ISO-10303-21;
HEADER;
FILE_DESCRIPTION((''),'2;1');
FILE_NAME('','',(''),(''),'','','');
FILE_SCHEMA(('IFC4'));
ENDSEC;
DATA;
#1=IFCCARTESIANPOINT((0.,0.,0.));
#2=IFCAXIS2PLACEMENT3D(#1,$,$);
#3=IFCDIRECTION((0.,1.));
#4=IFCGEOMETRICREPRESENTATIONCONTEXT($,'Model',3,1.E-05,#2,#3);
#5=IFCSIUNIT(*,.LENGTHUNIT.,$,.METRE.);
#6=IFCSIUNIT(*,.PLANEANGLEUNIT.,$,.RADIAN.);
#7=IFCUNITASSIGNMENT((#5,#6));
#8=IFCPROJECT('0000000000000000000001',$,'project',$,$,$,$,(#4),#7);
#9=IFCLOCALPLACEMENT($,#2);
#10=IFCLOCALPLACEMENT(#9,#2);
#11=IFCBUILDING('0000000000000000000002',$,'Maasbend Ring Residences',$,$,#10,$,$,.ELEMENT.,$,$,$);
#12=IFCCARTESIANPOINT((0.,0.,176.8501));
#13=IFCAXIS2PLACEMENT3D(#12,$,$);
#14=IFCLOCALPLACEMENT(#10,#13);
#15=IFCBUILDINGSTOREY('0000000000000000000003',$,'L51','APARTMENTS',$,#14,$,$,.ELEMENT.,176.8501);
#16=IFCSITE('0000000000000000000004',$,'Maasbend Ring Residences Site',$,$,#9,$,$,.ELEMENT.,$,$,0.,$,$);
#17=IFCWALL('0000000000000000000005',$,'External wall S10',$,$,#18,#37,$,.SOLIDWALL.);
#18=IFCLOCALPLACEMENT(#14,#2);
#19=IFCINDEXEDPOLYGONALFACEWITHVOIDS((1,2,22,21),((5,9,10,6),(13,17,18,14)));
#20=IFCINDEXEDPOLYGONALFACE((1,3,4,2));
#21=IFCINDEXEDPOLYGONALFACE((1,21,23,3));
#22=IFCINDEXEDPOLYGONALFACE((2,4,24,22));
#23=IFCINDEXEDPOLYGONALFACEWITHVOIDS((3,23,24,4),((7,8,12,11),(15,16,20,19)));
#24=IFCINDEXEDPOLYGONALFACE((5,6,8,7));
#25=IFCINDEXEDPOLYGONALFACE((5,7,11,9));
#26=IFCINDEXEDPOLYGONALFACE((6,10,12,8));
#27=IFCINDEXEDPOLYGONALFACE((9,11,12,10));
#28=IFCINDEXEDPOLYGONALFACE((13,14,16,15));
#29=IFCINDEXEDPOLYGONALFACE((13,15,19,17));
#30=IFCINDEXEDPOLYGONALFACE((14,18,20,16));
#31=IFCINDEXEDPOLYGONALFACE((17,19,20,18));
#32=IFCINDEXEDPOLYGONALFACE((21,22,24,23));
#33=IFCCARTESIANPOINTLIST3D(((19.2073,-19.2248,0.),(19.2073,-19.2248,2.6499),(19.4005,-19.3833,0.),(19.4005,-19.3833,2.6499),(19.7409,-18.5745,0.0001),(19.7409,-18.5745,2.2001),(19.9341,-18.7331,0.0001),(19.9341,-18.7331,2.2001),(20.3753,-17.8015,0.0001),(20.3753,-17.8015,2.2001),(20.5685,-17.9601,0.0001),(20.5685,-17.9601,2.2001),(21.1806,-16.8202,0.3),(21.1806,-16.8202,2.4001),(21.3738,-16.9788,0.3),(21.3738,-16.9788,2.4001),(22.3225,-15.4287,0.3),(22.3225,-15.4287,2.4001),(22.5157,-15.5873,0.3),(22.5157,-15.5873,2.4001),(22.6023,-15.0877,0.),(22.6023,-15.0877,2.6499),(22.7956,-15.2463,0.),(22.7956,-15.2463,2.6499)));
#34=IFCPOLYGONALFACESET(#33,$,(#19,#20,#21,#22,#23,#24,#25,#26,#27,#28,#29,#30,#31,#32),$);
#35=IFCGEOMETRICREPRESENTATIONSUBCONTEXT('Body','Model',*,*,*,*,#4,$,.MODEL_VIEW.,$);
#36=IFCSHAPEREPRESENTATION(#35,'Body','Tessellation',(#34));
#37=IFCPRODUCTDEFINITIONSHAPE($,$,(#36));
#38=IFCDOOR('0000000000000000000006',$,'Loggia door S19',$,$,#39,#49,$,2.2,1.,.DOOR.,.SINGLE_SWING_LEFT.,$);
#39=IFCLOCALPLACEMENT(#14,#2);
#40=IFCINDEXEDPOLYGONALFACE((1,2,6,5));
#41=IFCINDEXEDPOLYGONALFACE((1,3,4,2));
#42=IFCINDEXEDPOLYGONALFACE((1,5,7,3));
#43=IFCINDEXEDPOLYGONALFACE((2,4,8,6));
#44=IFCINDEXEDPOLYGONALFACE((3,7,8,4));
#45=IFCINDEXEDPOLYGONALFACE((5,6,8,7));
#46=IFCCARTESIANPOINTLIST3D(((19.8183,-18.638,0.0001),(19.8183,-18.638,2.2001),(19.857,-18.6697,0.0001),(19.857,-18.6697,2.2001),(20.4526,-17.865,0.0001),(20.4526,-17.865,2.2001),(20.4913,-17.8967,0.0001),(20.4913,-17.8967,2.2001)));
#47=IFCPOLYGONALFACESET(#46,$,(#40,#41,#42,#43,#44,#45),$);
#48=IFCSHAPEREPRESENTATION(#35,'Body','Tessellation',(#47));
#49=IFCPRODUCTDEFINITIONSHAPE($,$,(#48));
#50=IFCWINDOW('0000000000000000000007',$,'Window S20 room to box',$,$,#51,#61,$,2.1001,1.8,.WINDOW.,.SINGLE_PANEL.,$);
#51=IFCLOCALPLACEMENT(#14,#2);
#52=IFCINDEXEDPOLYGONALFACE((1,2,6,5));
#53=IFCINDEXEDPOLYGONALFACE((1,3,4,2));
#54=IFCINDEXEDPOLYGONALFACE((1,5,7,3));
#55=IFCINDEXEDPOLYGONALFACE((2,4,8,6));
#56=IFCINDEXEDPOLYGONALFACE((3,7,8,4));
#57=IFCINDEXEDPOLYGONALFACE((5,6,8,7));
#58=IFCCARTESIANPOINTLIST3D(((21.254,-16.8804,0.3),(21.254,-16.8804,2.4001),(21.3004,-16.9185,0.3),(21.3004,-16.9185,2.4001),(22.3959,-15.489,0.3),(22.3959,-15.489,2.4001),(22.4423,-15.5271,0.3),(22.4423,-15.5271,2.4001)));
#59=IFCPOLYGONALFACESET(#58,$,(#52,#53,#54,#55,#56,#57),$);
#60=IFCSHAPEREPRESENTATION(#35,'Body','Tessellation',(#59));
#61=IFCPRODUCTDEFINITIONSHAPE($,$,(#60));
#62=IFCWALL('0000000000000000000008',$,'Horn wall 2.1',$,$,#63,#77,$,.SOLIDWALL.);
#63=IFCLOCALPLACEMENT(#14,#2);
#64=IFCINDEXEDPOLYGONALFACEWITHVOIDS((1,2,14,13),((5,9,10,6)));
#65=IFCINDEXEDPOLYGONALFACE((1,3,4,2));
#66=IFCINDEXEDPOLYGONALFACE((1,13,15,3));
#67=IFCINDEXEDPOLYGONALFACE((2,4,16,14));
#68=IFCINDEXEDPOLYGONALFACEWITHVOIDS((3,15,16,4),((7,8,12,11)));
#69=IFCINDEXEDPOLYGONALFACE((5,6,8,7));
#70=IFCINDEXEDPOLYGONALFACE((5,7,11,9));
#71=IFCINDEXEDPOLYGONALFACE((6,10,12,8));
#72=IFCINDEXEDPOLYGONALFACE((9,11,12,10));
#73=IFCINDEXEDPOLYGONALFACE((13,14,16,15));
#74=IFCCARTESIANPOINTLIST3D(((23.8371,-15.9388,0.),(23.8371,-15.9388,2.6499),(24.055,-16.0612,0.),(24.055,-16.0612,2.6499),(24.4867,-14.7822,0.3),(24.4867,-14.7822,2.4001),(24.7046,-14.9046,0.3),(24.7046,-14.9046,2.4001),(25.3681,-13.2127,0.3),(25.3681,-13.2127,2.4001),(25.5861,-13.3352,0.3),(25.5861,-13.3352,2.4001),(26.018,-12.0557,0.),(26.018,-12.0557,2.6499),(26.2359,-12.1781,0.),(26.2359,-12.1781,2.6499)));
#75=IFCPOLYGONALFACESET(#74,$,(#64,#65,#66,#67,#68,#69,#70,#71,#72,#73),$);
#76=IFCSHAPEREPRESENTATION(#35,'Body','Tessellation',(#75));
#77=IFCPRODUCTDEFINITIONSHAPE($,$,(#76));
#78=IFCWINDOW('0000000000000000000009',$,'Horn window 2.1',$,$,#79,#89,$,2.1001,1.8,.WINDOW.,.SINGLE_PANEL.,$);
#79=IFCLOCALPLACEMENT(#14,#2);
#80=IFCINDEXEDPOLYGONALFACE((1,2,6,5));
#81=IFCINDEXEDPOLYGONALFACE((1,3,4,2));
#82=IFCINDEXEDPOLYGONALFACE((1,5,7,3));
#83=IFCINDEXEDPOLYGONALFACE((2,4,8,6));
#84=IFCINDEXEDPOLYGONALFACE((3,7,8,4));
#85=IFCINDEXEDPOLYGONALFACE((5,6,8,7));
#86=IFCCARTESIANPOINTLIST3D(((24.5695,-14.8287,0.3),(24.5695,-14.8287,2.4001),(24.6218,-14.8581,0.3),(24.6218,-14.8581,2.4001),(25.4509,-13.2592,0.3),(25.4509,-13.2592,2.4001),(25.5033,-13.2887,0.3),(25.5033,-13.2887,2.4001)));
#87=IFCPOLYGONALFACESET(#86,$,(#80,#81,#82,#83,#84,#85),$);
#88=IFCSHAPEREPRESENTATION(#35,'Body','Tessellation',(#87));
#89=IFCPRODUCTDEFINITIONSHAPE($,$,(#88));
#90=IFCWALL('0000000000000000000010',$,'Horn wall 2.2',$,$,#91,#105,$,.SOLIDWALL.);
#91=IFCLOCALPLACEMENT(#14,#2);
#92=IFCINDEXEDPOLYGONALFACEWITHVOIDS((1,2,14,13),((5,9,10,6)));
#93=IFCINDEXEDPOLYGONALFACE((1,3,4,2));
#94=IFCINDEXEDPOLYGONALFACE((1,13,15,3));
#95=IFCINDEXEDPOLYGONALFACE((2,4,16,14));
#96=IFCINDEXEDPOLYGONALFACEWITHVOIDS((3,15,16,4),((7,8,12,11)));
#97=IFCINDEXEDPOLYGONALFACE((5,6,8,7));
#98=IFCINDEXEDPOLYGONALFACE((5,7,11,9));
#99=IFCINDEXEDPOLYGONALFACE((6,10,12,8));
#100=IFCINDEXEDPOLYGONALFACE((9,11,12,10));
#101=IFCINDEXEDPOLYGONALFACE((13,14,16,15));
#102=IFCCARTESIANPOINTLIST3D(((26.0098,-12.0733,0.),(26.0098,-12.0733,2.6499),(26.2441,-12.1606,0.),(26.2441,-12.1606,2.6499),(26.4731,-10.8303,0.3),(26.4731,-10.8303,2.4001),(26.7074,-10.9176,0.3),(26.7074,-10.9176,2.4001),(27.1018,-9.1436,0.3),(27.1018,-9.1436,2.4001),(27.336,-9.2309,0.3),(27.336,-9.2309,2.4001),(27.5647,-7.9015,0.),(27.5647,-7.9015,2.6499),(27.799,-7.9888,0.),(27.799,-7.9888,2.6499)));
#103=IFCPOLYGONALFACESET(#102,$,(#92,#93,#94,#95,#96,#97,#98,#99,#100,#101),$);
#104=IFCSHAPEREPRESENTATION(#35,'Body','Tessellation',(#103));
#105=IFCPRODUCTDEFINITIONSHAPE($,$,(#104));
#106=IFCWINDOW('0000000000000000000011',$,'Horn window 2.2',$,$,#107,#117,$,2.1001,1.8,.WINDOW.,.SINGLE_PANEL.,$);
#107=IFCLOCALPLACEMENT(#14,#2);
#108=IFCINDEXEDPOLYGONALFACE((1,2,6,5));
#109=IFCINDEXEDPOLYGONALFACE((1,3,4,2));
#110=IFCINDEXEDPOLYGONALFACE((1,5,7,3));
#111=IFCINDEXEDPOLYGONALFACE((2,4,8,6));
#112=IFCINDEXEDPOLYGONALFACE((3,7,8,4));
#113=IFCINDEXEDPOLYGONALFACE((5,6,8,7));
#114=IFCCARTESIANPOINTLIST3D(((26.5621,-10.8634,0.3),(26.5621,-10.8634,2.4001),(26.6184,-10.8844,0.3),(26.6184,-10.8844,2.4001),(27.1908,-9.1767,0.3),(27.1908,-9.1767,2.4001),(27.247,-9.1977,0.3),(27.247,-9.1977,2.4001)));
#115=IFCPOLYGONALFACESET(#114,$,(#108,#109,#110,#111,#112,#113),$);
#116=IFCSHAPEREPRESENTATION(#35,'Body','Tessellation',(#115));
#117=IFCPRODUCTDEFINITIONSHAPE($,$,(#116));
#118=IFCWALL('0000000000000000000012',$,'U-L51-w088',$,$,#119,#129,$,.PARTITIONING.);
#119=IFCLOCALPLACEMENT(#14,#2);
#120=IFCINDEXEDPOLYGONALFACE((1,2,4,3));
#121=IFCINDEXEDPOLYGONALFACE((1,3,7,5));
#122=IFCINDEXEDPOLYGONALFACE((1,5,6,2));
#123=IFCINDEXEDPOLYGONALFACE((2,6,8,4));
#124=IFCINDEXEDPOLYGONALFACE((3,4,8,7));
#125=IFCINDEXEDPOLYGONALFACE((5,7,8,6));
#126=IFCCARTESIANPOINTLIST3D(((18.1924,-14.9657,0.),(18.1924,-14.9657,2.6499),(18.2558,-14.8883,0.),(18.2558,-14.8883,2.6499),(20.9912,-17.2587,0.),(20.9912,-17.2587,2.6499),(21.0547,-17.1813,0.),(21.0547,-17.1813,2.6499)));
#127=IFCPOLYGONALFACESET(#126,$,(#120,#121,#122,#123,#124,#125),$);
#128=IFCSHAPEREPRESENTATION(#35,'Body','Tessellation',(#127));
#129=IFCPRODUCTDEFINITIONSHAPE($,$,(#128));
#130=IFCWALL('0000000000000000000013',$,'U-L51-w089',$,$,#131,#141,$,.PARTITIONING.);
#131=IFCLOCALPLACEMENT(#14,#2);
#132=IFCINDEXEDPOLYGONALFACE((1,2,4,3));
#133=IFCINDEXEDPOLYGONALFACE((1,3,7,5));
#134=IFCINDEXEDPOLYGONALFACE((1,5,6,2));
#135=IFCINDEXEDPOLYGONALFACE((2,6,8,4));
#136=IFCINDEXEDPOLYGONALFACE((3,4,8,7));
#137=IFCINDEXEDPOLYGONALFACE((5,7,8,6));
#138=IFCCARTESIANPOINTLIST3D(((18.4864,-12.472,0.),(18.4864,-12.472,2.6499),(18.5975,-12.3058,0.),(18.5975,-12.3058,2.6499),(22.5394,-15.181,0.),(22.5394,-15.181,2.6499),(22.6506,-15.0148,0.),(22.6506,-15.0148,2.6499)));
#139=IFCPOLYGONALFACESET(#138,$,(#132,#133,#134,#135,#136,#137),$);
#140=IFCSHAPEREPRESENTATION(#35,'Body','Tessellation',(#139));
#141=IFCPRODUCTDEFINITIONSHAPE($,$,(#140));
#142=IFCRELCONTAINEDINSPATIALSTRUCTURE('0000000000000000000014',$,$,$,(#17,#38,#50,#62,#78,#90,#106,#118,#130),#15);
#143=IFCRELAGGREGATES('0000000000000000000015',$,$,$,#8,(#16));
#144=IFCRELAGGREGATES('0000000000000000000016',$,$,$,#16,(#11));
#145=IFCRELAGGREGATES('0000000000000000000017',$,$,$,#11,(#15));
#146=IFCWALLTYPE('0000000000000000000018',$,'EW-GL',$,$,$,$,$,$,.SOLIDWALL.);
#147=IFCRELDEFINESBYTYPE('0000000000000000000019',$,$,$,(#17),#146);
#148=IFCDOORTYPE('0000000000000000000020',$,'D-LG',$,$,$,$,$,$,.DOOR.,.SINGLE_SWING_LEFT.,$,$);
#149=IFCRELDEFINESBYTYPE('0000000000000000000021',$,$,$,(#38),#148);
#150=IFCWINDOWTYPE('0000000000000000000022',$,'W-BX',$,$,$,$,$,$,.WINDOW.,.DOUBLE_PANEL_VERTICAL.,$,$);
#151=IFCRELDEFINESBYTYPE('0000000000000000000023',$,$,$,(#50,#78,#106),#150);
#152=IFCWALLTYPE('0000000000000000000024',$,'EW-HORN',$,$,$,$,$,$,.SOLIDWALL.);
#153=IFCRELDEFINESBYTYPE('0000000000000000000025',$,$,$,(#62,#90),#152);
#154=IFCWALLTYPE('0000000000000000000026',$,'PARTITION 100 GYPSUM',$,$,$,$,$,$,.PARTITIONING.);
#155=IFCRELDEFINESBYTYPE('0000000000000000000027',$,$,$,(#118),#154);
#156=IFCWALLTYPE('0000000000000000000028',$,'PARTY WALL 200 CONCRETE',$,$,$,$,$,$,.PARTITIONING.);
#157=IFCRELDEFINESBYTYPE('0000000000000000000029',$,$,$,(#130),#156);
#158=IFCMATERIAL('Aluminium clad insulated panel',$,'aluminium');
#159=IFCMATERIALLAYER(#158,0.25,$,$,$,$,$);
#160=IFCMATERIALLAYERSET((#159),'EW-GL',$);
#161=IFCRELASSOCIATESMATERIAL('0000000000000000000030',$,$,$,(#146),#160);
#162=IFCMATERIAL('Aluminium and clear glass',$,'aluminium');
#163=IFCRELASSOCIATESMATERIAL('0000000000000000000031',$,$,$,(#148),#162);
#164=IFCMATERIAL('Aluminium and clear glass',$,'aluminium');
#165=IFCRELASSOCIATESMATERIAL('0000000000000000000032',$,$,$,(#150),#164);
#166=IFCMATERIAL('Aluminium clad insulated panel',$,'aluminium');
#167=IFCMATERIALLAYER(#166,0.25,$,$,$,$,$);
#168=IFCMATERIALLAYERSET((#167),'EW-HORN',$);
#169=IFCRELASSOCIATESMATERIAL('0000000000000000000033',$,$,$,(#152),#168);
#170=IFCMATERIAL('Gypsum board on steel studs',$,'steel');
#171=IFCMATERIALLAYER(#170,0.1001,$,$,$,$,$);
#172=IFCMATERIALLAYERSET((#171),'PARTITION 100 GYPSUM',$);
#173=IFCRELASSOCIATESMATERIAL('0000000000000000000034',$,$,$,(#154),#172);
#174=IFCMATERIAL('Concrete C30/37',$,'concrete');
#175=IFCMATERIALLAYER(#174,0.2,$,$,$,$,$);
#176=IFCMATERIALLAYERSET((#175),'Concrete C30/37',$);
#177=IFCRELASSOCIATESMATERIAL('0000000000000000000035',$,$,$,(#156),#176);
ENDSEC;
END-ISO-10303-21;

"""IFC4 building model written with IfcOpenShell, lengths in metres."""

from ifc_helpers import new_model, si_unit, direction, frame, frame_2d, origin, place, context, subcontext, project, spatial, rectangle, extrude, material, layer, layer_set, type_object, element, fill, save


model = new_model("IFC4")

# Units and contexts
model_context = context("Model", 3, precision=1e-05, world=origin(), true_north=direction((0.0, 1.0)))
body_context = subcontext(model_context, "Body", "Model", "MODEL_VIEW")
ifc_project = project(units=[si_unit("LENGTHUNIT", "METRE"), si_unit("PLANEANGLEUNIT", "RADIAN")], contexts=[model_context])

# Site, building, storey
site_placement = place(None, origin())
site = spatial("IfcSite", under=ifc_project, at=site_placement, Name="Maasbend Ring Residences Site", CompositionType="ELEMENT", RefElevation=0.0)
building_placement = place(site_placement, origin())
building = spatial("IfcBuilding", under=site, at=building_placement, Name="Maasbend Ring Residences", CompositionType="ELEMENT")
storey_placement = place(building_placement, frame((0.0, 0.0, 176.8501)))
storey = spatial("IfcBuildingStorey", under=building, at=storey_placement, Name="L51", Description="APARTMENTS", CompositionType="ELEMENT", Elevation=176.8501)

# Wall, openings, door, window
ifc_material_1 = material(Name="Aluminium clad insulated panel", Category="aluminium")
ifc_layer_1 = layer(ifc_material_1, 0.25)
ifc_layer_set_1 = layer_set([ifc_layer_1], Name="EW-GL")
wall_type_1 = type_object("IfcWallType", Name="EW-GL", PredefinedType="SOLIDWALL", material=ifc_layer_set_1)
wall_1_placement = place(storey_placement, frame((19.304, -19.304, 0.0), z_axis=(0.0, 0.0, 1.0), x_axis=(0.634382, 0.773019, 0.0)))
wall_1 = element("IfcWall", 1, at=wall_1_placement, inside=storey, type_object=wall_type_1, Name="External wall S10", PredefinedType="SOLIDWALL", context=body_context, shape_type="SweptSolid", body=[
    extrude(rectangle(XDim=5.3518, YDim=0.25, at=frame_2d((2.6758, 0.0))), origin(), (0.0, 0.0, 1.0), 2.6499),
])
opening_1_placement = place(wall_1_placement, frame((0.8411, 0.0, 0.0)))
opening_1 = element("IfcOpeningElement", 2, at=opening_1_placement, cuts=wall_1, PredefinedType="OPENING", context=body_context, shape_type="SweptSolid", body=[
    extrude(rectangle(XDim=1.0, YDim=2.2, at=frame_2d((0.5, 1.1001))), frame((0.0, 0.135, 0.0), z_axis=(0.0, -1.0, 0.0), x_axis=(1.0, 0.0, 0.0)), (0.0, 0.0, 1.0), 0.27),
])
opening_2_placement = place(wall_1_placement, frame((3.1106, 0.0, 0.3)))
opening_2 = element("IfcOpeningElement", 3, at=opening_2_placement, cuts=wall_1, PredefinedType="OPENING", context=body_context, shape_type="SweptSolid", body=[
    extrude(rectangle(XDim=1.8, YDim=2.1001, at=frame_2d((0.8999, 1.05))), frame((0.0, 0.135, 0.0), z_axis=(0.0, -1.0, 0.0), x_axis=(1.0, 0.0, 0.0)), (0.0, 0.0, 1.0), 0.27),
])
ifc_material_2 = material(Name="Aluminium and clear glass", Category="aluminium")
door_type = type_object("IfcDoorType", Name="D-LG", OperationType="SINGLE_SWING_LEFT", PredefinedType="DOOR", material=ifc_material_2)
door_placement = place(opening_1_placement, origin())
door = element("IfcDoor", 4, at=door_placement, inside=storey, type_object=door_type, Name="Loggia door S19", OperationType="SINGLE_SWING_LEFT", OverallHeight=2.2, OverallWidth=1.0, PredefinedType="DOOR", context=body_context, shape_type="SweptSolid", body=[
    extrude(rectangle(XDim=1.0, YDim=2.2, at=frame_2d((0.5, 1.1001))), frame((0.0, 0.0249, 0.0), z_axis=(0.0, -1.0, 0.0), x_axis=(1.0, 0.0, 0.0)), (0.0, 0.0, 1.0), 0.05),
])
fill(opening_1, door)
ifc_material_3 = material(Name="Aluminium and clear glass", Category="aluminium")
window_type_1 = type_object("IfcWindowType", Name="W-BX", PartitioningType="DOUBLE_PANEL_VERTICAL", PredefinedType="WINDOW", material=ifc_material_3)
window_1_placement = place(opening_2_placement, origin())
window_1 = element("IfcWindow", 5, at=window_1_placement, inside=storey, type_object=window_type_1, Name="Window S20 room to box", OverallHeight=2.1001, OverallWidth=1.8, PartitioningType="SINGLE_PANEL", PredefinedType="WINDOW", context=body_context, shape_type="SweptSolid", body=[
    extrude(rectangle(XDim=1.8, YDim=2.1001, at=frame_2d((0.8999, 1.05))), frame((0.0, 0.03, 0.0), z_axis=(0.0, -1.0, 0.0), x_axis=(1.0, 0.0, 0.0)), (0.0, 0.0, 1.0), 0.0601),
])
fill(opening_2, window_1)

# Walls, openings, windows
ifc_material_4 = material(Name="Aluminium clad insulated panel", Category="aluminium")
ifc_layer_2 = layer(ifc_material_4, 0.25)
ifc_layer_set_2 = layer_set([ifc_layer_2], Name="EW-HORN")
wall_type_2 = type_object("IfcWallType", Name="EW-HORN", PredefinedType="SOLIDWALL", material=ifc_layer_set_2)
wall_2_placement = place(storey_placement, frame((23.946, -16.0, 0.0), z_axis=(0.0, 0.0, 1.0), x_axis=(0.489696, 0.871893, 0.0)))
wall_2 = element("IfcWall", 6, at=wall_2_placement, inside=storey, type_object=wall_type_2, Name="Horn wall 2.1", PredefinedType="SOLIDWALL", context=body_context, shape_type="SweptSolid", body=[
    extrude(rectangle(XDim=4.4536, YDim=0.25, at=frame_2d((2.2268, 0.0))), origin(), (0.0, 0.0, 1.0), 2.6499),
])
opening_3_placement = place(wall_2_placement, frame((1.3267, 0.0, 0.3)))
opening_3 = element("IfcOpeningElement", 7, at=opening_3_placement, cuts=wall_2, PredefinedType="OPENING", context=body_context, shape_type="SweptSolid", body=[
    extrude(rectangle(XDim=1.8, YDim=2.1001, at=frame_2d((0.8999, 1.05))), frame((0.0, 0.135, 0.0), z_axis=(0.0, -1.0, 0.0), x_axis=(1.0, 0.0, 0.0)), (0.0, 0.0, 1.0), 0.27),
])
window_2_placement = place(opening_3_placement, origin())
window_2 = element("IfcWindow", 8, at=window_2_placement, inside=storey, type_object=window_type_1, Name="Horn window 2.1", OverallHeight=2.1001, OverallWidth=1.8, PartitioningType="SINGLE_PANEL", PredefinedType="WINDOW", context=body_context, shape_type="SweptSolid", body=[
    extrude(rectangle(XDim=1.8, YDim=2.1001, at=frame_2d((0.8999, 1.05))), frame((0.0, 0.03, 0.0), z_axis=(0.0, -1.0, 0.0), x_axis=(1.0, 0.0, 0.0)), (0.0, 0.0, 1.0), 0.0601),
])
fill(opening_3, window_2)
wall_3_placement = place(storey_placement, frame((26.127, -12.1169, 0.0), z_axis=(0.0, 0.0, 1.0), x_axis=(0.349248, 0.93703, 0.0)))
wall_3 = element("IfcWall", 9, at=wall_3_placement, inside=storey, type_object=wall_type_2, Name="Horn wall 2.2", PredefinedType="SOLIDWALL", context=body_context, shape_type="SweptSolid", body=[
    extrude(rectangle(XDim=4.4521, YDim=0.25, at=frame_2d((2.2261, 0.0))), origin(), (0.0, 0.0, 1.0), 2.6499),
])
opening_4_placement = place(wall_3_placement, frame((1.3267, 0.0, 0.3)))
opening_4 = element("IfcOpeningElement", 10, at=opening_4_placement, cuts=wall_3, PredefinedType="OPENING", context=body_context, shape_type="SweptSolid", body=[
    extrude(rectangle(XDim=1.8, YDim=2.1001, at=frame_2d((0.8999, 1.05))), frame((0.0, 0.135, 0.0), z_axis=(0.0, -1.0, 0.0), x_axis=(1.0, 0.0, 0.0)), (0.0, 0.0, 1.0), 0.27),
])
window_3_placement = place(opening_4_placement, origin())
window_3 = element("IfcWindow", 11, at=window_3_placement, inside=storey, type_object=window_type_1, Name="Horn window 2.2", OverallHeight=2.1001, OverallWidth=1.8, PartitioningType="SINGLE_PANEL", PredefinedType="WINDOW", context=body_context, shape_type="SweptSolid", body=[
    extrude(rectangle(XDim=1.8, YDim=2.1001, at=frame_2d((0.8999, 1.05))), frame((0.0, 0.03, 0.0), z_axis=(0.0, -1.0, 0.0), x_axis=(1.0, 0.0, 0.0)), (0.0, 0.0, 1.0), 0.0601),
])
fill(opening_4, window_3)

# Walls
ifc_material_5 = material(Name="Gypsum board on steel studs", Category="steel")
ifc_layer_3 = layer(ifc_material_5, 0.1001)
ifc_layer_set_3 = layer_set([ifc_layer_3], Name="PARTITION 100 GYPSUM")
wall_type_3 = type_object("IfcWallType", Name="PARTITION 100 GYPSUM", PredefinedType="PARTITIONING", material=ifc_layer_set_3)
wall_4_placement = place(storey_placement, frame((18.2241, -14.927, 0.0), z_axis=(0.0, 0.0, 1.0), x_axis=(0.773548, -0.633737, 0.0)))
element("IfcWall", 12, at=wall_4_placement, inside=storey, type_object=wall_type_3, Name="U-L51-w088", PredefinedType="PARTITIONING", context=body_context, shape_type="SweptSolid", body=[
    extrude(rectangle(XDim=3.6182, YDim=0.1001, at=frame_2d((1.8091, 0.0))), origin(), (0.0, 0.0, 1.0), 2.6499),
])
ifc_material_6 = material(Name="Concrete C30/37", Category="concrete")
ifc_layer_4 = layer(ifc_material_6, 0.2)
ifc_layer_set_4 = layer_set([ifc_layer_4], Name="Concrete C30/37")
wall_type_4 = type_object("IfcWallType", Name="PARTY WALL 200 CONCRETE", PredefinedType="PARTITIONING", material=ifc_layer_set_4)
wall_5_placement = place(storey_placement, frame((18.542, -12.3889, 0.0), z_axis=(0.0, 0.0, 1.0), x_axis=(0.831387, -0.555694, 0.0)))
element("IfcWall", 13, at=wall_5_placement, inside=storey, type_object=wall_type_4, Name="U-L51-w089", PredefinedType="PARTITIONING", context=body_context, shape_type="SweptSolid", body=[
    extrude(rectangle(XDim=4.875, YDim=0.2, at=frame_2d((2.4375, 0.0))), origin(), (0.0, 0.0, 1.0), 2.6499),
])

save(model, "model.ifc")
